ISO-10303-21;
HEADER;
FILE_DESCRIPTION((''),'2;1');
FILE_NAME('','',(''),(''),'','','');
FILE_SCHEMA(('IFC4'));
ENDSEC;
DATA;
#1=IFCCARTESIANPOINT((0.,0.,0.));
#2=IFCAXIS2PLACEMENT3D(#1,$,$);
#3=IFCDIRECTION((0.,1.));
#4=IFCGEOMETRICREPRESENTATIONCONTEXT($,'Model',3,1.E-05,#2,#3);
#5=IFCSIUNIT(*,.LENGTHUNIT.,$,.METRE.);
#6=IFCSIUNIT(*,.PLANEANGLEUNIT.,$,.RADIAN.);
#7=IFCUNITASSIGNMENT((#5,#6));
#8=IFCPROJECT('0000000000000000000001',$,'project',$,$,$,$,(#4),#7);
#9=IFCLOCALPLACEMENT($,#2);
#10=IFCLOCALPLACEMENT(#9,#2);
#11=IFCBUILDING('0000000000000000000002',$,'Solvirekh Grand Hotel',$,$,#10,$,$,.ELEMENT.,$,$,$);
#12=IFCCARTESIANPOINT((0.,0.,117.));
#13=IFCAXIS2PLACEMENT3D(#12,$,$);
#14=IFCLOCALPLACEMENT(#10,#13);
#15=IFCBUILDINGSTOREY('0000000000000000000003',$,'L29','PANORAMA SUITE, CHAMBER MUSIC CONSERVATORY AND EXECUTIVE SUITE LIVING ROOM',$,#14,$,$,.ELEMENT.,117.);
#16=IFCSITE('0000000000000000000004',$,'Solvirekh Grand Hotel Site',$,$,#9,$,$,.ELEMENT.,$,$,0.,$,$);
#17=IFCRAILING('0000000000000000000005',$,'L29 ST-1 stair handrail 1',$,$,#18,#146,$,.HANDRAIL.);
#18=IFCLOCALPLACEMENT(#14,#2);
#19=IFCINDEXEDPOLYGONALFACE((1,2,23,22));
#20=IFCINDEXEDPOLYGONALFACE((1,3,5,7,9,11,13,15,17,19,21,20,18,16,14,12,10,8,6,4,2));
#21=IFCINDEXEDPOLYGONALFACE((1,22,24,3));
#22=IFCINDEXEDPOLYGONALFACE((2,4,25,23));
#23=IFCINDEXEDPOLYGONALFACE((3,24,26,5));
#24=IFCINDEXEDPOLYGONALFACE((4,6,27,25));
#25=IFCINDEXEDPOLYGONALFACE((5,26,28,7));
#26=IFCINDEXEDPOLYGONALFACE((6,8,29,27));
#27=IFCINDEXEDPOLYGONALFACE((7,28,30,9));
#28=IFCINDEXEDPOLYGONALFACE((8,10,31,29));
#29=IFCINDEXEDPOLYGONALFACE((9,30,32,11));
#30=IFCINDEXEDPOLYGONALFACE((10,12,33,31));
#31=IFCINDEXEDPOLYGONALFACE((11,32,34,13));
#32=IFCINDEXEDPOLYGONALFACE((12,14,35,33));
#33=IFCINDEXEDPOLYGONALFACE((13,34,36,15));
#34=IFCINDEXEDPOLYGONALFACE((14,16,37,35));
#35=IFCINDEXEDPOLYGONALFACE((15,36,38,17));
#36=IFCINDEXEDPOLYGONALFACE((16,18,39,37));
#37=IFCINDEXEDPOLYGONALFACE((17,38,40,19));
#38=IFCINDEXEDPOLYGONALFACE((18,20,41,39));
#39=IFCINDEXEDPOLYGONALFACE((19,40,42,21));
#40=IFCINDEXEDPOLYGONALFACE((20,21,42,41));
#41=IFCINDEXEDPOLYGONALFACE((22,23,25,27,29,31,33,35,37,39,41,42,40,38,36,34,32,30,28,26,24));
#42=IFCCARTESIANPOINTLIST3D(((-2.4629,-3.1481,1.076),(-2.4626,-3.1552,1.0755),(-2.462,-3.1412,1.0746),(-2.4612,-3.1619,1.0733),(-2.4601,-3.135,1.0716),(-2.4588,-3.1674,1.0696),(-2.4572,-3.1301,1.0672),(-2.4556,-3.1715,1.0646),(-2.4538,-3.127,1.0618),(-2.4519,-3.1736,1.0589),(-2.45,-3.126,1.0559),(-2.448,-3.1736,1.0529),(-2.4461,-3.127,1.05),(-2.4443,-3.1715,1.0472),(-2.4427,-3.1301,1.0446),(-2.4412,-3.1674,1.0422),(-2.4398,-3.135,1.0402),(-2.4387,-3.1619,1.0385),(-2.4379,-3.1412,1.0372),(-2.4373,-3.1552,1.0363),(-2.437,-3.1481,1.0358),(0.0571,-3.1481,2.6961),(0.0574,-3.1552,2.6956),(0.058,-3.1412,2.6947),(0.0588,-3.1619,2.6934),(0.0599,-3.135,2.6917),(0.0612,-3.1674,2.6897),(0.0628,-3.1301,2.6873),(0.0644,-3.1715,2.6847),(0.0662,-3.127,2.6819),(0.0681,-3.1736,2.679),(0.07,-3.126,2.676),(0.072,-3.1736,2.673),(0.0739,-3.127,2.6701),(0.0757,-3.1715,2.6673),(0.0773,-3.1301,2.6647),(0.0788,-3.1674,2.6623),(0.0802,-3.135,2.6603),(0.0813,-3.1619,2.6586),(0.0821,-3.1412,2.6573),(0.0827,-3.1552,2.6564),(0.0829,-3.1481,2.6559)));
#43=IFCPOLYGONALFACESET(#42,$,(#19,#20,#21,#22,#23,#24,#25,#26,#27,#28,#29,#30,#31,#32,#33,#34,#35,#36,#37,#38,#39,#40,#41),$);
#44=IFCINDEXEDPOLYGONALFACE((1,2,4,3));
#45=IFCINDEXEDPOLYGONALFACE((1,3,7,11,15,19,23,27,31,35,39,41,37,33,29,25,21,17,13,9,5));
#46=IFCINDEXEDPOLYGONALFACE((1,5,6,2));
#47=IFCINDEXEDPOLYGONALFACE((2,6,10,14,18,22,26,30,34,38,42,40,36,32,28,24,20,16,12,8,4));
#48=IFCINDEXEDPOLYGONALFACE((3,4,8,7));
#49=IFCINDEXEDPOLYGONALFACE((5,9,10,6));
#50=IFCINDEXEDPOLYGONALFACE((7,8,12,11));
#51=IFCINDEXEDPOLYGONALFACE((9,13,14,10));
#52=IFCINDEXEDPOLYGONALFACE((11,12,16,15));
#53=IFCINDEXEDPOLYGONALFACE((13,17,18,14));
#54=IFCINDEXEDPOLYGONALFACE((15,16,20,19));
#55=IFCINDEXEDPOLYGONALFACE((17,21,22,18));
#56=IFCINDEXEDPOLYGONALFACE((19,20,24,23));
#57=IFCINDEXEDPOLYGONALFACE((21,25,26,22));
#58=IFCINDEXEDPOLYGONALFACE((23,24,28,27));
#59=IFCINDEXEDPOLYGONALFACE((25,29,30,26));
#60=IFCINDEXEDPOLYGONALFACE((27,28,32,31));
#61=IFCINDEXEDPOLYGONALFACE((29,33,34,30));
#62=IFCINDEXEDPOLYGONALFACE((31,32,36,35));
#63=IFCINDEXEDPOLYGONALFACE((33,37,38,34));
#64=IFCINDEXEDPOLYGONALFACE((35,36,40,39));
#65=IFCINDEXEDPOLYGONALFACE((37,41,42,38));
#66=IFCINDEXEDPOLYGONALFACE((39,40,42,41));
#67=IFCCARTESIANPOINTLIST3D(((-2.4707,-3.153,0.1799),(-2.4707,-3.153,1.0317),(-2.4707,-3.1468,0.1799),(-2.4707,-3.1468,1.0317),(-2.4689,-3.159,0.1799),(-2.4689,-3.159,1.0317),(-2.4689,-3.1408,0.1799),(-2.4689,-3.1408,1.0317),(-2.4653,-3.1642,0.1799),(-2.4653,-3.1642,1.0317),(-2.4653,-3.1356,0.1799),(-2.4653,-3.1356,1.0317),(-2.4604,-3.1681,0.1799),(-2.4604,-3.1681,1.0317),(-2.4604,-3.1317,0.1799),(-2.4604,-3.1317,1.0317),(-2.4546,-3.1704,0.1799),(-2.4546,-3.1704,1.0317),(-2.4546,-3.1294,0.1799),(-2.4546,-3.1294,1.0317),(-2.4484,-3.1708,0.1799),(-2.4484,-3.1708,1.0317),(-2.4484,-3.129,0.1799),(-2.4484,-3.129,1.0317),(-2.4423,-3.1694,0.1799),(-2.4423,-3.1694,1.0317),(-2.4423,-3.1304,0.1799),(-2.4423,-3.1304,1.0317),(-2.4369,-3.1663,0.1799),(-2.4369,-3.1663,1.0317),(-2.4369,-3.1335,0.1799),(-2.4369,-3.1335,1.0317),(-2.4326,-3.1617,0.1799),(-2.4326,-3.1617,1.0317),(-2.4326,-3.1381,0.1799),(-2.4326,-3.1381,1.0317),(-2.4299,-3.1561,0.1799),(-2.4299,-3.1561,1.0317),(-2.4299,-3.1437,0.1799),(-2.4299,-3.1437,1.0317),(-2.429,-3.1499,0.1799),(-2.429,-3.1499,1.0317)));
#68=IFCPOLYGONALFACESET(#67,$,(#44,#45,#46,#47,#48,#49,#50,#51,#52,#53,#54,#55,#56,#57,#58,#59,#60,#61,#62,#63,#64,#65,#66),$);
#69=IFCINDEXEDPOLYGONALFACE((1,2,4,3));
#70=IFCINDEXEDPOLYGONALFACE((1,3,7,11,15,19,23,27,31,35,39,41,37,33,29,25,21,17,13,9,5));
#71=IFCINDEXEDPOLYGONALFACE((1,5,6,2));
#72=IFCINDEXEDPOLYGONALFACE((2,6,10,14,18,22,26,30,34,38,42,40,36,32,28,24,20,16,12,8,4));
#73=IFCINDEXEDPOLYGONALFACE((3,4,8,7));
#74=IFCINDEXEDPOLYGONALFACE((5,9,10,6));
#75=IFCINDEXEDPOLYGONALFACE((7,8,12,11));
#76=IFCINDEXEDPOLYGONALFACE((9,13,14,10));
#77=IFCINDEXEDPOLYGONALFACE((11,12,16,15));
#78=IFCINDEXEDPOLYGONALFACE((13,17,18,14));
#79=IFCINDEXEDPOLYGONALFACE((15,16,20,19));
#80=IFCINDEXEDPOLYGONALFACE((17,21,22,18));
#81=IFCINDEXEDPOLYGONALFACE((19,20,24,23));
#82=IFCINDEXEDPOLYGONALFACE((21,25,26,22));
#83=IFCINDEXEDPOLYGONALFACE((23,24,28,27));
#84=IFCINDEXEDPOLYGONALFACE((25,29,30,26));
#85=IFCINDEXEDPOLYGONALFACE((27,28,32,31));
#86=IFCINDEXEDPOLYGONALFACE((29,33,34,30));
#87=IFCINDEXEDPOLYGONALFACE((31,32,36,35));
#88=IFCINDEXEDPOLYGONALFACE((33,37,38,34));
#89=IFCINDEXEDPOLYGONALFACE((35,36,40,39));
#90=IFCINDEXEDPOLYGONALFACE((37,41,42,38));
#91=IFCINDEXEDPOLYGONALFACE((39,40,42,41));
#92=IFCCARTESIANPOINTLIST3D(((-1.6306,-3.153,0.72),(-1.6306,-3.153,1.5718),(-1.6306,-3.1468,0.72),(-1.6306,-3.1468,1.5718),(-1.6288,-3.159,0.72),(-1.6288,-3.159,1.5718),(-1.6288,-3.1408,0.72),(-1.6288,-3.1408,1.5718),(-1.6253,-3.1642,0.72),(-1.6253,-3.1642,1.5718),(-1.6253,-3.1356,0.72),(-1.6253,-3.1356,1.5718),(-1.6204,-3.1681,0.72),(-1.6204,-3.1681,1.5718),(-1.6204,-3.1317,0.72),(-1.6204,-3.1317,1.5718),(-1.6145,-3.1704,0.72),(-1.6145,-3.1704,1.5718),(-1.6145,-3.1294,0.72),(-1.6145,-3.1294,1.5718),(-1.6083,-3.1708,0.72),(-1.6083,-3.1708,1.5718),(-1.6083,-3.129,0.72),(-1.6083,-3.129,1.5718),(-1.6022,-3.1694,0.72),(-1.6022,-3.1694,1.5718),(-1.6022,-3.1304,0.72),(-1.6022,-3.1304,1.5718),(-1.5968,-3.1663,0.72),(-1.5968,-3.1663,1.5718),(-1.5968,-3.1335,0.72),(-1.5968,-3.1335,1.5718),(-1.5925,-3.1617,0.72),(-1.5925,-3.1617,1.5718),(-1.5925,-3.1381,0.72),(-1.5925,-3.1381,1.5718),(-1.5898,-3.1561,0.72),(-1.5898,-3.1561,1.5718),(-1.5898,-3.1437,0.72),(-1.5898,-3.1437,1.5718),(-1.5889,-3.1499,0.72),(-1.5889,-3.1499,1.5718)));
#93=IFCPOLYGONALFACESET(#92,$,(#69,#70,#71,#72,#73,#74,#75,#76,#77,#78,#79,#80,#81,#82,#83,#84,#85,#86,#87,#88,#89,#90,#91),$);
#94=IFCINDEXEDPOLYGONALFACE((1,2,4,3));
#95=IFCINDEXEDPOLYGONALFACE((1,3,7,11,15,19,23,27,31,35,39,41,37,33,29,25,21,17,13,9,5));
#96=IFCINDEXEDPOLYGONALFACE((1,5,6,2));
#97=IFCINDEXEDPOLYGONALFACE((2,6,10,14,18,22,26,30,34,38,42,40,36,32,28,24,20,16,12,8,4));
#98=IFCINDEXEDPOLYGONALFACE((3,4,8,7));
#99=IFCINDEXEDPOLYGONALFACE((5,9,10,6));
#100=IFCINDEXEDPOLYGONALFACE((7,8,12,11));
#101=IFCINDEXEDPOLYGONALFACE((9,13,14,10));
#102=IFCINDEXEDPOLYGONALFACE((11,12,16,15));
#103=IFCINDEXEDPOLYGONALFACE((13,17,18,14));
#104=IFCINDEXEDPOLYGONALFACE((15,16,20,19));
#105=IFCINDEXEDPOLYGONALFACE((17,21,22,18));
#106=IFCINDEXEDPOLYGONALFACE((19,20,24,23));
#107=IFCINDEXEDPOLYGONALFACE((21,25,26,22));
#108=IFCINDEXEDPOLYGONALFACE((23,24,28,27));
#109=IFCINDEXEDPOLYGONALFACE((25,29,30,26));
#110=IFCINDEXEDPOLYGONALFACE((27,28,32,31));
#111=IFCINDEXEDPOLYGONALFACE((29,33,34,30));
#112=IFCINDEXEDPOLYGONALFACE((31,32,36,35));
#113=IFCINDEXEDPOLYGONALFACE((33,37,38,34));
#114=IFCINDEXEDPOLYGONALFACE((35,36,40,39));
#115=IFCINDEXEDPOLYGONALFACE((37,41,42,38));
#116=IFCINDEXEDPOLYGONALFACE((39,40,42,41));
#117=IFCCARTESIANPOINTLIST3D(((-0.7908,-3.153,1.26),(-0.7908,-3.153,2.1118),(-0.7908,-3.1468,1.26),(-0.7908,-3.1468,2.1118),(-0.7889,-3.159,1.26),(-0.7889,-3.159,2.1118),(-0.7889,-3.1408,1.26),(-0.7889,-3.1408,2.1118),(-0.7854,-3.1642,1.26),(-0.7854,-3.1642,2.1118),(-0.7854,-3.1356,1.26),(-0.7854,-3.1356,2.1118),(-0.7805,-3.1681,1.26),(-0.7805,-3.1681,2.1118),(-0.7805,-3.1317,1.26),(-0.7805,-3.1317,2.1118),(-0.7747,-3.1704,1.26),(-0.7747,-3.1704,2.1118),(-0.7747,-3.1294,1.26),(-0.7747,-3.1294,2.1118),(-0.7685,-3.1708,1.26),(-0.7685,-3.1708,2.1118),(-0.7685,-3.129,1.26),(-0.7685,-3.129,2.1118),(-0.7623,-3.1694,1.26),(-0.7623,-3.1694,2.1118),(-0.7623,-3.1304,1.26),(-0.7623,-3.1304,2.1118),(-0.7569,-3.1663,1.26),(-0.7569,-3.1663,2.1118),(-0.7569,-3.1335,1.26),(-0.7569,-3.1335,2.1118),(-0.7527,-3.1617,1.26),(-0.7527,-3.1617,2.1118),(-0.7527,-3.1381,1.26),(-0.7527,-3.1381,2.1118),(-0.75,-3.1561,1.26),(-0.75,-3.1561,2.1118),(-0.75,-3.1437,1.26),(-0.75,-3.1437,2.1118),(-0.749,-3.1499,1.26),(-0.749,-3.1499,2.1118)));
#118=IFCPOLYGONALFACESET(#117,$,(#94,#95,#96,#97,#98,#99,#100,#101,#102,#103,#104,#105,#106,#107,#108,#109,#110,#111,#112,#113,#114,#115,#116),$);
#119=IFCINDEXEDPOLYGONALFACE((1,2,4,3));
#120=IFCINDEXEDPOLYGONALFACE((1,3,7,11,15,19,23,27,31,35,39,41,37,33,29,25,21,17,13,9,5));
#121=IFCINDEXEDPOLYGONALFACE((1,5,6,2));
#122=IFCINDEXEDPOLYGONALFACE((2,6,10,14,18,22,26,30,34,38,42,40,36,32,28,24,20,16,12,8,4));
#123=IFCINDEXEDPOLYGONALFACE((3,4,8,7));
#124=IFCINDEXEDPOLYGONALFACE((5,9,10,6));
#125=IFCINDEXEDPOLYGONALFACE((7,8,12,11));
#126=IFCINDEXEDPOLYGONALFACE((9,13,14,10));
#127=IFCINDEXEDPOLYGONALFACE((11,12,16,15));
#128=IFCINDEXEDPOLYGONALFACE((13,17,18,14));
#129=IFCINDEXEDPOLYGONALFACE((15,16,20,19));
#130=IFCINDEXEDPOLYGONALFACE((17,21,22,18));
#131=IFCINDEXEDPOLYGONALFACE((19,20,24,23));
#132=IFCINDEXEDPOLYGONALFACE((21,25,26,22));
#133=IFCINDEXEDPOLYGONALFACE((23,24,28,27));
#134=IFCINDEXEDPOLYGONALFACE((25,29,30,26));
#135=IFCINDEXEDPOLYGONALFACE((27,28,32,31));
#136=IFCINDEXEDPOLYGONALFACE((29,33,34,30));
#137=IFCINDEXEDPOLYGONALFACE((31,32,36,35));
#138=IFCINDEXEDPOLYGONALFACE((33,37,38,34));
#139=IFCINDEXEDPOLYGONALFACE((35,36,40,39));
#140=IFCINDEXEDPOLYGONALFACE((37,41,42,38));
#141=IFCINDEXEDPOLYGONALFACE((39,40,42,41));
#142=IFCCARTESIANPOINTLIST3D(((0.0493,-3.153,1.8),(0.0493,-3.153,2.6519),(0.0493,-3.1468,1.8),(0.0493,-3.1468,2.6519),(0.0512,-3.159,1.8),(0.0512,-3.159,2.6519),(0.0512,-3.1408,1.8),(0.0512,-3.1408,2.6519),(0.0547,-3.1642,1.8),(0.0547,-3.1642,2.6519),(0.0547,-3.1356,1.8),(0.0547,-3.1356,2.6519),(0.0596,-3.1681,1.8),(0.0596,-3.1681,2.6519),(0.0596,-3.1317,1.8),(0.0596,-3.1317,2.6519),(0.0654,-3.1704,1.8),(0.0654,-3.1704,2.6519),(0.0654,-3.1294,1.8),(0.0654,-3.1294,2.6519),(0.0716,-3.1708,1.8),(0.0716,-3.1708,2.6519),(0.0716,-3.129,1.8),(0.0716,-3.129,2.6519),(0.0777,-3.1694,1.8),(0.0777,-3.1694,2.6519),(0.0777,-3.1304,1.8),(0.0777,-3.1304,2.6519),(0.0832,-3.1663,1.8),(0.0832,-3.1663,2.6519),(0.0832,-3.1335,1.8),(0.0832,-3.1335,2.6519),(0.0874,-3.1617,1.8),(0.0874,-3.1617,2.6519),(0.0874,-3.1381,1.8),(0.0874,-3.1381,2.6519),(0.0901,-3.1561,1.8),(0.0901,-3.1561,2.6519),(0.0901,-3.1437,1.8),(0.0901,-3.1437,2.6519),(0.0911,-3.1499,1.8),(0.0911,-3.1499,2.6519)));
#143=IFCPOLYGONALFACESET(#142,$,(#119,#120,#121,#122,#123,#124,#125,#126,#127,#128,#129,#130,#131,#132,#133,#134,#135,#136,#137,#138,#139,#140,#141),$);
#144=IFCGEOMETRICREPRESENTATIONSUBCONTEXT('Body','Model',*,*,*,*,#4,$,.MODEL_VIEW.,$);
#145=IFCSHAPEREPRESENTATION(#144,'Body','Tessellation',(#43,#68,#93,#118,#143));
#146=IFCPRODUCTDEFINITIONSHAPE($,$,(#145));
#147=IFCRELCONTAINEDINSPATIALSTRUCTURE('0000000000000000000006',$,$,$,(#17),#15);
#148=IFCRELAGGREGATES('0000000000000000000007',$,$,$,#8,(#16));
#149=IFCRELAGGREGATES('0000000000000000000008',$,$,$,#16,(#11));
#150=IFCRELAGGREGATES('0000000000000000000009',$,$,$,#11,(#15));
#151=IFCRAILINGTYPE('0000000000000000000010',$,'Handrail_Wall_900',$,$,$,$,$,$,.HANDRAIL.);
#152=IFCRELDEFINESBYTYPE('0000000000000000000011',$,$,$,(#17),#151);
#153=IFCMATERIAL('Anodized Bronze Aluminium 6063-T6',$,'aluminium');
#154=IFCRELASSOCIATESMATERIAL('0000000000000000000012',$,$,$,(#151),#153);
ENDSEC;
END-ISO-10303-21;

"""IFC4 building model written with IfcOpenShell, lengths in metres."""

from ifc_helpers import new_model, si_unit, direction, frame, origin, origin_2d, place, context, subcontext, project, spatial, circle, extrude, material, type_object, element, save


model = new_model("IFC4")

# Units and contexts
model_context = context("Model", 3, precision=1e-05, world=origin(), true_north=direction((0.0, 1.0)))
body_context = subcontext(model_context, "Body", "Model", "MODEL_VIEW")
ifc_project = project(units=[si_unit("LENGTHUNIT", "METRE"), si_unit("PLANEANGLEUNIT", "RADIAN")], contexts=[model_context])

# Site, building, storey
site_placement = place(None, origin())
site = spatial("IfcSite", under=ifc_project, at=site_placement, Name="Solvirekh Grand Hotel Site", CompositionType="ELEMENT", RefElevation=0.0)
building_placement = place(site_placement, origin())
building = spatial("IfcBuilding", under=site, at=building_placement, Name="Solvirekh Grand Hotel", CompositionType="ELEMENT")
storey_placement = place(building_placement, frame((0.0, 0.0, 117.0)))
storey = spatial("IfcBuildingStorey", under=building, at=storey_placement, Name="L29", Description="PANORAMA SUITE, CHAMBER MUSIC CONSERVATORY AND EXECUTIVE SUITE LIVING ROOM", CompositionType="ELEMENT", Elevation=117.0)

# Shared definitions
ifc_material_1 = material(Name="Anodized Bronze Aluminium 6063-T6", Category="aluminium")

# Railing
railing_type_1 = type_object("IfcRailingType", Name="Handrail_Wall_900", PredefinedType="HANDRAIL", material=ifc_material_1)
for number, where, name in (
    (1, (-2.45, -3.1499, 0.1799), "L29 ST-1 stair handrail 1"),
):
    element("IfcRailing", number, at=place(storey_placement, frame(where)), inside=storey, type_object=railing_type_1, Name=name, PredefinedType="HANDRAIL", context=body_context, shape_type="SweptSolid", body=[
        extrude(circle(Radius=0.0239, at=origin_2d()), frame((0.0, 0.0, 0.876), z_axis=(0.841163, 0.0, 0.540782), x_axis=(0.0, 1.0, 0.0)), (0.0, 0.0, 1.0), 2.9958),
        extrude(circle(Radius=0.021, at=origin_2d()), origin(), (0.0, 0.0, 1.0), 0.8518),
        extrude(circle(Radius=0.021, at=origin_2d()), frame((0.8401, 0.0, 0.54)), (0.0, 0.0, 1.0), 0.8518),
        extrude(circle(Radius=0.021, at=origin_2d()), frame((1.6799, 0.0, 1.0801)), (0.0, 0.0, 1.0), 0.8518),
        extrude(circle(Radius=0.021, at=origin_2d()), frame((2.52, 0.0, 1.6201)), (0.0, 0.0, 1.0), 0.8518),
    ])

save(model, "model.ifc")
